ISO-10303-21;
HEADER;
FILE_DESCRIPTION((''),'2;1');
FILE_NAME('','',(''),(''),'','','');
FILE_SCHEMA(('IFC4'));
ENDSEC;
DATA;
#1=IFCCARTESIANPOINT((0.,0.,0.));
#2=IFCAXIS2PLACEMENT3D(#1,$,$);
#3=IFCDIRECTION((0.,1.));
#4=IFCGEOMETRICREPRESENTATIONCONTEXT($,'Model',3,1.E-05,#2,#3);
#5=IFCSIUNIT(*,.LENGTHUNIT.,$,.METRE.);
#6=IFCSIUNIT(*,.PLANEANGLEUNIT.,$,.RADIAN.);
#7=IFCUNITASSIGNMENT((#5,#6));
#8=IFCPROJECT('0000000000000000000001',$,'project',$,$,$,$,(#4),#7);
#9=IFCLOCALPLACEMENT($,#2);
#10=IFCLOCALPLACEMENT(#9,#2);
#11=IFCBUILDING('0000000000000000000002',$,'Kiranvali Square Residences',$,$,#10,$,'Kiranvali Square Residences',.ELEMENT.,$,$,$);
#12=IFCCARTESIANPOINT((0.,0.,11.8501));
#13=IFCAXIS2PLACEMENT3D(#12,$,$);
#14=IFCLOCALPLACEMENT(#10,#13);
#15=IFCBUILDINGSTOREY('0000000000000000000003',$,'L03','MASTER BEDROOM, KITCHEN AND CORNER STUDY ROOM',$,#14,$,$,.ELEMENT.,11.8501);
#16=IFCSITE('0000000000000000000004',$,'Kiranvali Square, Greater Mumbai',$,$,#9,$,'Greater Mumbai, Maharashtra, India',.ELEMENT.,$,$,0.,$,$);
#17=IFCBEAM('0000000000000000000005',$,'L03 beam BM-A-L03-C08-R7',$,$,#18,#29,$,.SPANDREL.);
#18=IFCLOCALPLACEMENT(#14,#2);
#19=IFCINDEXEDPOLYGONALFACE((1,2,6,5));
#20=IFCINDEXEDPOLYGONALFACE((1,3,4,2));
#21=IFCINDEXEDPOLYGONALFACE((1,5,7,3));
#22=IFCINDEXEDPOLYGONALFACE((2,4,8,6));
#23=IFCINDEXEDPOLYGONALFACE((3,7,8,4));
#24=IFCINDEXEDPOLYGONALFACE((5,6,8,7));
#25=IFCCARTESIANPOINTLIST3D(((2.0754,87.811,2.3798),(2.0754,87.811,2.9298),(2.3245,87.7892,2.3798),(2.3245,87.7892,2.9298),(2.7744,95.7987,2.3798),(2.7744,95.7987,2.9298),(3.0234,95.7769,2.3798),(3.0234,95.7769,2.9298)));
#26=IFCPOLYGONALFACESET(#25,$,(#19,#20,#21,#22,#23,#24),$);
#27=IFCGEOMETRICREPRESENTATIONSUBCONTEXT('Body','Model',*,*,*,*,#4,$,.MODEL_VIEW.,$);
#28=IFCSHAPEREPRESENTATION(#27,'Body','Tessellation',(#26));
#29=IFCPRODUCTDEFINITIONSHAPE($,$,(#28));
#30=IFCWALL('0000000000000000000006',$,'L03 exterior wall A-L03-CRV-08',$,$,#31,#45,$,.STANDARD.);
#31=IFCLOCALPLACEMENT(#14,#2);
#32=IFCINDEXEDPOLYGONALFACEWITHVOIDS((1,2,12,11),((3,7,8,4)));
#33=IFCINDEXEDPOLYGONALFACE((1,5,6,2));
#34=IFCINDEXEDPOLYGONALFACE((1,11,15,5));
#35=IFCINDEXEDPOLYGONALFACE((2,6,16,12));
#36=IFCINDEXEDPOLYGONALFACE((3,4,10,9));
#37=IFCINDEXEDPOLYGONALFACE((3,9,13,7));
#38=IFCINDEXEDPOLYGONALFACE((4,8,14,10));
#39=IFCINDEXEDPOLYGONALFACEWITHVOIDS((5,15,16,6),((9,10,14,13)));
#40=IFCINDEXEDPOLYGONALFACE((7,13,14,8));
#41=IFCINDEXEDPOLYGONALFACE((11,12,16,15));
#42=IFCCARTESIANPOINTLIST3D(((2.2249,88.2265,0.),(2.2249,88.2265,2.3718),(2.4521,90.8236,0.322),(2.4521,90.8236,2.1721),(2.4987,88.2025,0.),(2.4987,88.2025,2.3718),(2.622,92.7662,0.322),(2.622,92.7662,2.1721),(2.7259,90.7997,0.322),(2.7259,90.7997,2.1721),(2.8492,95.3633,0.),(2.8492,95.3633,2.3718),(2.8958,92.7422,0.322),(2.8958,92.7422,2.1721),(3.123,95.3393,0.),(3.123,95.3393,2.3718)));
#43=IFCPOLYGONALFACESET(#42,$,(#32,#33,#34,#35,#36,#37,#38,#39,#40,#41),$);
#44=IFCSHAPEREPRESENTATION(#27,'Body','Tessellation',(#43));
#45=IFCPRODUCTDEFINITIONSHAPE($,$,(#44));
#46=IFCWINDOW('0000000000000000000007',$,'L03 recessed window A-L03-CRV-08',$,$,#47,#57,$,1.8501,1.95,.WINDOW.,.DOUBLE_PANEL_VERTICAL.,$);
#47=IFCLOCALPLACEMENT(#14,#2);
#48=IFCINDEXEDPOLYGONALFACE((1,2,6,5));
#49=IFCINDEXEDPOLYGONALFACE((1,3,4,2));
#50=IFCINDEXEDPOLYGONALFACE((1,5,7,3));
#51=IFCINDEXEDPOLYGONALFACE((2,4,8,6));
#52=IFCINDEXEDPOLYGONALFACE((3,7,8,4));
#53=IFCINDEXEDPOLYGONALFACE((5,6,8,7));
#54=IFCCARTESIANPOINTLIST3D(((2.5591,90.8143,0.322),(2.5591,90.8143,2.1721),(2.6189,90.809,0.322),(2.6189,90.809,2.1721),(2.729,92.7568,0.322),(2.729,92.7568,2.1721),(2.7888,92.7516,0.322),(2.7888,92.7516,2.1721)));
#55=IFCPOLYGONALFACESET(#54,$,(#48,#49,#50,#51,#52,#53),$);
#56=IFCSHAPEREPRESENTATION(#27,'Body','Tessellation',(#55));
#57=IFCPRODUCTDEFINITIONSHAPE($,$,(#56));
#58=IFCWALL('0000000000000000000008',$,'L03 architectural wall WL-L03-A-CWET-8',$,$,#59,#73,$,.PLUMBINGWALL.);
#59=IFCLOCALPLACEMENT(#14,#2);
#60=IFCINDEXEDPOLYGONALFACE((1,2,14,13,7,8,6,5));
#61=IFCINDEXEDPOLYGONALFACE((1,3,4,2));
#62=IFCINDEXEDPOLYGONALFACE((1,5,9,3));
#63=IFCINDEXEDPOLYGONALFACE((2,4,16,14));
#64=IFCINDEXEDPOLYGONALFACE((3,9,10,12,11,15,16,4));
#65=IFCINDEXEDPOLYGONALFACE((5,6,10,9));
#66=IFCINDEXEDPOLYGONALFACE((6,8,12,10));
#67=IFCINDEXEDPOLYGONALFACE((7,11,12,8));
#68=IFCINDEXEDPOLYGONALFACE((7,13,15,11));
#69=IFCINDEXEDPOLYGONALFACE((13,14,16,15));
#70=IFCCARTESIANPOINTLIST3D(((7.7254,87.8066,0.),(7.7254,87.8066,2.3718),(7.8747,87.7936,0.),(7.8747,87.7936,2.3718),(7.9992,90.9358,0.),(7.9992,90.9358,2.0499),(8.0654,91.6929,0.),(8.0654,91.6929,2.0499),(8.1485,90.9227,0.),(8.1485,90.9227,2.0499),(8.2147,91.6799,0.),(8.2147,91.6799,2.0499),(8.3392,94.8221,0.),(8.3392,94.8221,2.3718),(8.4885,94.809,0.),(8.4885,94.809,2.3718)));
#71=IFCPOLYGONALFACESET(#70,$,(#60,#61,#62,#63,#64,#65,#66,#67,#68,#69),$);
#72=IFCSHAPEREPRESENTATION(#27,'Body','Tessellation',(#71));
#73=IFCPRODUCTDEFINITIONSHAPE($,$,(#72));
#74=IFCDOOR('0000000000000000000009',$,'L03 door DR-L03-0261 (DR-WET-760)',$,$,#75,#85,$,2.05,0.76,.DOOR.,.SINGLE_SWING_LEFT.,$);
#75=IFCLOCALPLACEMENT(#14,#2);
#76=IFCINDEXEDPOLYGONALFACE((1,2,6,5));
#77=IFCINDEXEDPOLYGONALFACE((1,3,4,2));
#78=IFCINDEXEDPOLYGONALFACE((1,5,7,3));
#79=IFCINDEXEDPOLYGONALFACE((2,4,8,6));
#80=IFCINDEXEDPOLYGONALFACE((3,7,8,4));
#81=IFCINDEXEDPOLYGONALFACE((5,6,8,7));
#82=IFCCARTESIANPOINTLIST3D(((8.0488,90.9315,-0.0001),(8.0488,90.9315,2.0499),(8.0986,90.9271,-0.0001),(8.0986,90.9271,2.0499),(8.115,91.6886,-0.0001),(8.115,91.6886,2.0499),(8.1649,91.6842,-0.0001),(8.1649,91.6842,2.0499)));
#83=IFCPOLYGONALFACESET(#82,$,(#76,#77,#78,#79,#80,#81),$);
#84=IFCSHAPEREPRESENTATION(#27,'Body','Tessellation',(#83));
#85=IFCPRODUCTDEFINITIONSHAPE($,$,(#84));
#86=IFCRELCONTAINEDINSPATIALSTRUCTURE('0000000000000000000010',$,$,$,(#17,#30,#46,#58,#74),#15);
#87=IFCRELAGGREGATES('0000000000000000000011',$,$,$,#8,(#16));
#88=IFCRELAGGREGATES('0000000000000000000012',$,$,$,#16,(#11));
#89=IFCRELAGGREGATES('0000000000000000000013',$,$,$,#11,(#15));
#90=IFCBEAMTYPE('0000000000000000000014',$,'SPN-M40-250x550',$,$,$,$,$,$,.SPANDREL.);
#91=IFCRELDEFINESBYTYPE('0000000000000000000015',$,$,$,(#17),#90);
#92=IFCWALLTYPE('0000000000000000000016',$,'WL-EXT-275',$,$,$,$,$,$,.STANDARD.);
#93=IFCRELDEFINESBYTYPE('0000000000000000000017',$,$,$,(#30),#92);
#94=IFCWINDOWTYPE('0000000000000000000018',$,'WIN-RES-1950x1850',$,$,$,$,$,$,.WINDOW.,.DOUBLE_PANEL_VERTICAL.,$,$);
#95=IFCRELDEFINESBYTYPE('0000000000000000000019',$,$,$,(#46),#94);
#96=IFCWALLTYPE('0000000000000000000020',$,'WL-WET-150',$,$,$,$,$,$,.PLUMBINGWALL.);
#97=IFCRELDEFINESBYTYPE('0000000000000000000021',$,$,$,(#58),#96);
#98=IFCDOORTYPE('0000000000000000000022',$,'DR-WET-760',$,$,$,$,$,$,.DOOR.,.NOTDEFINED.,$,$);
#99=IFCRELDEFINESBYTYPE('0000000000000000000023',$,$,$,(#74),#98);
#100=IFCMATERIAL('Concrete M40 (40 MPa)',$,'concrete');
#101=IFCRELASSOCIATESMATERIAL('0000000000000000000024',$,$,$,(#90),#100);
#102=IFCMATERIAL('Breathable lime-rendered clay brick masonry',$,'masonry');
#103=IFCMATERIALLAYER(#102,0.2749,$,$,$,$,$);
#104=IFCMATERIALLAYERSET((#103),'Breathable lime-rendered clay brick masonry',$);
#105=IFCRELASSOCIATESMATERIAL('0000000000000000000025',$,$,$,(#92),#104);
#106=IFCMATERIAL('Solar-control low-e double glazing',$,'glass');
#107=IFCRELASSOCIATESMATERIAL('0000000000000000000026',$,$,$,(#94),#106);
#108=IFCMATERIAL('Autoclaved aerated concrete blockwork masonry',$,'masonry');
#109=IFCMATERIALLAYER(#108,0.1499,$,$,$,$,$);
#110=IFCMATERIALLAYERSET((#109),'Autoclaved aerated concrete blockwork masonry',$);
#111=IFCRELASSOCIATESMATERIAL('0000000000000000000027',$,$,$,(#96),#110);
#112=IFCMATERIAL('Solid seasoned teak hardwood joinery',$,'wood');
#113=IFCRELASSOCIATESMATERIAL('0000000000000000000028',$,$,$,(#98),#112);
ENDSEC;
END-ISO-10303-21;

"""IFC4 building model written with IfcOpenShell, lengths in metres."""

from ifc_helpers import new_model, si_unit, direction, frame, frame_2d, origin, origin_2d, place, context, subcontext, project, spatial, rectangle, extrude, material, layer, layer_set, material_profile, profile_set, type_object, element, fill, save


model = new_model("IFC4")

# Units and contexts
model_context = context("Model", 3, precision=1e-05, world=origin(), true_north=direction((0.0, 1.0)))
body_context = subcontext(model_context, "Body", "Model", "MODEL_VIEW")
ifc_project = project(units=[si_unit("LENGTHUNIT", "METRE"), si_unit("PLANEANGLEUNIT", "RADIAN")], contexts=[model_context])

# Site, building, storey
site_placement = place(None, origin())
site = spatial("IfcSite", under=ifc_project, at=site_placement, Name="Kiranvali Square, Greater Mumbai", LongName="Greater Mumbai, Maharashtra, India", CompositionType="ELEMENT", RefElevation=0.0)
building_placement = place(site_placement, origin())
building = spatial("IfcBuilding", under=site, at=building_placement, Name="Kiranvali Square Residences", LongName="Kiranvali Square Residences", CompositionType="ELEMENT")
storey_placement = place(building_placement, frame((0.0, 0.0, 11.8501)))
storey = spatial("IfcBuildingStorey", under=building, at=storey_placement, Name="L03", Description="MASTER BEDROOM, KITCHEN AND CORNER STUDY ROOM", CompositionType="ELEMENT", Elevation=11.8501)

# Beam
ifc_material_1 = material(Name="Concrete M40 (40 MPa)", Category="concrete")
ifc_material_profile_1 = material_profile(ifc_material_1, rectangle(XDim=0.25, YDim=0.55, at=origin_2d()), Name="RC 250x550")
ifc_profile_set_1 = profile_set([ifc_material_profile_1], Name="Concrete M40 (40 MPa)")
beam_type_1 = type_object("IfcBeamType", Name="SPN-M40-250x550", PredefinedType="SPANDREL", material=ifc_profile_set_1)
beam_1_placement = place(storey_placement, frame((2.8989, 95.7878, 2.6548), z_axis=(-0.087172, -0.996193, 0.0), x_axis=(0.996193, -0.087172, 0.0)))
element("IfcBeam", 1, at=beam_1_placement, inside=storey, type_object=beam_type_1, Name="L03 beam BM-A-L03-C08-R7", PredefinedType="SPANDREL", context=body_context, shape_type="SweptSolid", body=[
    extrude(rectangle(XDim=0.25, YDim=0.55, at=origin_2d()), origin(), (0.0, 0.0, 1.0), 8.0183),
])

# Wall, opening, window
ifc_material_2 = material(Name="Breathable lime-rendered clay brick masonry", Category="masonry")
ifc_layer_1 = layer(ifc_material_2, 0.2749)
ifc_layer_set_1 = layer_set([ifc_layer_1], Name="Breathable lime-rendered clay brick masonry")
wall_type_1 = type_object("IfcWallType", Name="WL-EXT-275", PredefinedType="STANDARD", material=ifc_layer_set_1)
wall_1_placement = place(storey_placement, frame((2.9861, 95.3513, 0.0), z_axis=(0.0, 0.0, 1.0), x_axis=(-0.08714, -0.996196, 0.0)))
wall_1 = element("IfcWall", 2, at=wall_1_placement, inside=storey, type_object=wall_type_1, Name="L03 exterior wall A-L03-CRV-08", PredefinedType="STANDARD", context=body_context, shape_type="SweptSolid", body=[
    extrude(rectangle(XDim=7.1641, YDim=0.2749, at=frame_2d((3.582, 0.0))), origin(), (0.0, 0.0, 1.0), 2.3718),
])
opening_1_placement = place(wall_1_placement, frame((2.6069, 0.0, 0.322)))
opening_1 = element("IfcOpeningElement", 3, at=opening_1_placement, cuts=wall_1, PredefinedType="OPENING", context=body_context, shape_type="SweptSolid", body=[
    extrude(rectangle(XDim=1.95, YDim=1.8501, at=frame_2d((0.9751, 0.925))), frame((0.0, 0.1475, 0.0), z_axis=(0.0, -1.0, 0.0), x_axis=(1.0, 0.0, 0.0)), (0.0, 0.0, 1.0), 0.2949),
])
ifc_material_3 = material(Name="Solar-control low-e double glazing", Category="glass")
window_type = type_object("IfcWindowType", Name="WIN-RES-1950x1850", PartitioningType="DOUBLE_PANEL_VERTICAL", PredefinedType="WINDOW", material=ifc_material_3)
window_placement = place(opening_1_placement, origin())
window = element("IfcWindow", 4, at=window_placement, inside=storey, type_object=window_type, Name="L03 recessed window A-L03-CRV-08", OverallHeight=1.8501, OverallWidth=1.95, PartitioningType="DOUBLE_PANEL_VERTICAL", PredefinedType="WINDOW", context=body_context, shape_type="SweptSolid", body=[
    extrude(rectangle(XDim=1.95, YDim=1.8501, at=frame_2d((0.9751, 0.925))), frame((0.0, 0.03, 0.0), z_axis=(0.0, -1.0, 0.0), x_axis=(1.0, 0.0, 0.0)), (0.0, 0.0, 1.0), 0.0601),
])
fill(opening_1, window)

# Wall, opening, door
ifc_material_4 = material(Name="Autoclaved aerated concrete blockwork masonry", Category="masonry")
ifc_layer_2 = layer(ifc_material_4, 0.1499)
ifc_layer_set_2 = layer_set([ifc_layer_2], Name="Autoclaved aerated concrete blockwork masonry")
wall_type_2 = type_object("IfcWallType", Name="WL-WET-150", PredefinedType="PLUMBINGWALL", material=ifc_layer_set_2)
wall_2_placement = place(storey_placement, frame((8.4138, 94.8154, 0.0), z_axis=(0.0, 0.0, 1.0), x_axis=(-0.087156, -0.996195, 0.0)))
wall_2 = element("IfcWall", 5, at=wall_2_placement, inside=storey, type_object=wall_type_2, Name="L03 architectural wall WL-L03-A-CWET-8", PredefinedType="PLUMBINGWALL", context=body_context, shape_type="SweptSolid", body=[
    extrude(rectangle(XDim=7.0422, YDim=0.1499, at=frame_2d((3.521, 0.0))), origin(), (0.0, 0.0, 1.0), 2.3718),
])
opening_2_placement = place(wall_2_placement, frame((3.1411, 0.0, 0.0)))
opening_2 = element("IfcOpeningElement", 6, at=opening_2_placement, cuts=wall_2, PredefinedType="OPENING", context=body_context, shape_type="SweptSolid", body=[
    extrude(rectangle(XDim=0.76, YDim=2.05, at=frame_2d((0.3799, 1.0249))), frame((0.0, 0.085, 0.0), z_axis=(0.0, -1.0, 0.0), x_axis=(1.0, 0.0, 0.0)), (0.0, 0.0, 1.0), 0.1699),
])
ifc_material_5 = material(Name="Solid seasoned teak hardwood joinery", Category="wood")
door_type = type_object("IfcDoorType", Name="DR-WET-760", OperationType="NOTDEFINED", PredefinedType="DOOR", material=ifc_material_5)
door_placement = place(opening_2_placement, origin())
door = element("IfcDoor", 7, at=door_placement, inside=storey, type_object=door_type, Name="L03 door DR-L03-0261 (DR-WET-760)", OperationType="SINGLE_SWING_LEFT", OverallHeight=2.05, OverallWidth=0.76, PredefinedType="DOOR", context=body_context, shape_type="SweptSolid", body=[
    extrude(rectangle(XDim=0.76, YDim=2.05, at=frame_2d((0.3799, 1.0249))), frame((0.0, 0.0249, 0.0), z_axis=(0.0, -1.0, 0.0), x_axis=(1.0, 0.0, 0.0)), (0.0, 0.0, 1.0), 0.05),
])
fill(opening_2, door)

save(model, "model.ifc")
